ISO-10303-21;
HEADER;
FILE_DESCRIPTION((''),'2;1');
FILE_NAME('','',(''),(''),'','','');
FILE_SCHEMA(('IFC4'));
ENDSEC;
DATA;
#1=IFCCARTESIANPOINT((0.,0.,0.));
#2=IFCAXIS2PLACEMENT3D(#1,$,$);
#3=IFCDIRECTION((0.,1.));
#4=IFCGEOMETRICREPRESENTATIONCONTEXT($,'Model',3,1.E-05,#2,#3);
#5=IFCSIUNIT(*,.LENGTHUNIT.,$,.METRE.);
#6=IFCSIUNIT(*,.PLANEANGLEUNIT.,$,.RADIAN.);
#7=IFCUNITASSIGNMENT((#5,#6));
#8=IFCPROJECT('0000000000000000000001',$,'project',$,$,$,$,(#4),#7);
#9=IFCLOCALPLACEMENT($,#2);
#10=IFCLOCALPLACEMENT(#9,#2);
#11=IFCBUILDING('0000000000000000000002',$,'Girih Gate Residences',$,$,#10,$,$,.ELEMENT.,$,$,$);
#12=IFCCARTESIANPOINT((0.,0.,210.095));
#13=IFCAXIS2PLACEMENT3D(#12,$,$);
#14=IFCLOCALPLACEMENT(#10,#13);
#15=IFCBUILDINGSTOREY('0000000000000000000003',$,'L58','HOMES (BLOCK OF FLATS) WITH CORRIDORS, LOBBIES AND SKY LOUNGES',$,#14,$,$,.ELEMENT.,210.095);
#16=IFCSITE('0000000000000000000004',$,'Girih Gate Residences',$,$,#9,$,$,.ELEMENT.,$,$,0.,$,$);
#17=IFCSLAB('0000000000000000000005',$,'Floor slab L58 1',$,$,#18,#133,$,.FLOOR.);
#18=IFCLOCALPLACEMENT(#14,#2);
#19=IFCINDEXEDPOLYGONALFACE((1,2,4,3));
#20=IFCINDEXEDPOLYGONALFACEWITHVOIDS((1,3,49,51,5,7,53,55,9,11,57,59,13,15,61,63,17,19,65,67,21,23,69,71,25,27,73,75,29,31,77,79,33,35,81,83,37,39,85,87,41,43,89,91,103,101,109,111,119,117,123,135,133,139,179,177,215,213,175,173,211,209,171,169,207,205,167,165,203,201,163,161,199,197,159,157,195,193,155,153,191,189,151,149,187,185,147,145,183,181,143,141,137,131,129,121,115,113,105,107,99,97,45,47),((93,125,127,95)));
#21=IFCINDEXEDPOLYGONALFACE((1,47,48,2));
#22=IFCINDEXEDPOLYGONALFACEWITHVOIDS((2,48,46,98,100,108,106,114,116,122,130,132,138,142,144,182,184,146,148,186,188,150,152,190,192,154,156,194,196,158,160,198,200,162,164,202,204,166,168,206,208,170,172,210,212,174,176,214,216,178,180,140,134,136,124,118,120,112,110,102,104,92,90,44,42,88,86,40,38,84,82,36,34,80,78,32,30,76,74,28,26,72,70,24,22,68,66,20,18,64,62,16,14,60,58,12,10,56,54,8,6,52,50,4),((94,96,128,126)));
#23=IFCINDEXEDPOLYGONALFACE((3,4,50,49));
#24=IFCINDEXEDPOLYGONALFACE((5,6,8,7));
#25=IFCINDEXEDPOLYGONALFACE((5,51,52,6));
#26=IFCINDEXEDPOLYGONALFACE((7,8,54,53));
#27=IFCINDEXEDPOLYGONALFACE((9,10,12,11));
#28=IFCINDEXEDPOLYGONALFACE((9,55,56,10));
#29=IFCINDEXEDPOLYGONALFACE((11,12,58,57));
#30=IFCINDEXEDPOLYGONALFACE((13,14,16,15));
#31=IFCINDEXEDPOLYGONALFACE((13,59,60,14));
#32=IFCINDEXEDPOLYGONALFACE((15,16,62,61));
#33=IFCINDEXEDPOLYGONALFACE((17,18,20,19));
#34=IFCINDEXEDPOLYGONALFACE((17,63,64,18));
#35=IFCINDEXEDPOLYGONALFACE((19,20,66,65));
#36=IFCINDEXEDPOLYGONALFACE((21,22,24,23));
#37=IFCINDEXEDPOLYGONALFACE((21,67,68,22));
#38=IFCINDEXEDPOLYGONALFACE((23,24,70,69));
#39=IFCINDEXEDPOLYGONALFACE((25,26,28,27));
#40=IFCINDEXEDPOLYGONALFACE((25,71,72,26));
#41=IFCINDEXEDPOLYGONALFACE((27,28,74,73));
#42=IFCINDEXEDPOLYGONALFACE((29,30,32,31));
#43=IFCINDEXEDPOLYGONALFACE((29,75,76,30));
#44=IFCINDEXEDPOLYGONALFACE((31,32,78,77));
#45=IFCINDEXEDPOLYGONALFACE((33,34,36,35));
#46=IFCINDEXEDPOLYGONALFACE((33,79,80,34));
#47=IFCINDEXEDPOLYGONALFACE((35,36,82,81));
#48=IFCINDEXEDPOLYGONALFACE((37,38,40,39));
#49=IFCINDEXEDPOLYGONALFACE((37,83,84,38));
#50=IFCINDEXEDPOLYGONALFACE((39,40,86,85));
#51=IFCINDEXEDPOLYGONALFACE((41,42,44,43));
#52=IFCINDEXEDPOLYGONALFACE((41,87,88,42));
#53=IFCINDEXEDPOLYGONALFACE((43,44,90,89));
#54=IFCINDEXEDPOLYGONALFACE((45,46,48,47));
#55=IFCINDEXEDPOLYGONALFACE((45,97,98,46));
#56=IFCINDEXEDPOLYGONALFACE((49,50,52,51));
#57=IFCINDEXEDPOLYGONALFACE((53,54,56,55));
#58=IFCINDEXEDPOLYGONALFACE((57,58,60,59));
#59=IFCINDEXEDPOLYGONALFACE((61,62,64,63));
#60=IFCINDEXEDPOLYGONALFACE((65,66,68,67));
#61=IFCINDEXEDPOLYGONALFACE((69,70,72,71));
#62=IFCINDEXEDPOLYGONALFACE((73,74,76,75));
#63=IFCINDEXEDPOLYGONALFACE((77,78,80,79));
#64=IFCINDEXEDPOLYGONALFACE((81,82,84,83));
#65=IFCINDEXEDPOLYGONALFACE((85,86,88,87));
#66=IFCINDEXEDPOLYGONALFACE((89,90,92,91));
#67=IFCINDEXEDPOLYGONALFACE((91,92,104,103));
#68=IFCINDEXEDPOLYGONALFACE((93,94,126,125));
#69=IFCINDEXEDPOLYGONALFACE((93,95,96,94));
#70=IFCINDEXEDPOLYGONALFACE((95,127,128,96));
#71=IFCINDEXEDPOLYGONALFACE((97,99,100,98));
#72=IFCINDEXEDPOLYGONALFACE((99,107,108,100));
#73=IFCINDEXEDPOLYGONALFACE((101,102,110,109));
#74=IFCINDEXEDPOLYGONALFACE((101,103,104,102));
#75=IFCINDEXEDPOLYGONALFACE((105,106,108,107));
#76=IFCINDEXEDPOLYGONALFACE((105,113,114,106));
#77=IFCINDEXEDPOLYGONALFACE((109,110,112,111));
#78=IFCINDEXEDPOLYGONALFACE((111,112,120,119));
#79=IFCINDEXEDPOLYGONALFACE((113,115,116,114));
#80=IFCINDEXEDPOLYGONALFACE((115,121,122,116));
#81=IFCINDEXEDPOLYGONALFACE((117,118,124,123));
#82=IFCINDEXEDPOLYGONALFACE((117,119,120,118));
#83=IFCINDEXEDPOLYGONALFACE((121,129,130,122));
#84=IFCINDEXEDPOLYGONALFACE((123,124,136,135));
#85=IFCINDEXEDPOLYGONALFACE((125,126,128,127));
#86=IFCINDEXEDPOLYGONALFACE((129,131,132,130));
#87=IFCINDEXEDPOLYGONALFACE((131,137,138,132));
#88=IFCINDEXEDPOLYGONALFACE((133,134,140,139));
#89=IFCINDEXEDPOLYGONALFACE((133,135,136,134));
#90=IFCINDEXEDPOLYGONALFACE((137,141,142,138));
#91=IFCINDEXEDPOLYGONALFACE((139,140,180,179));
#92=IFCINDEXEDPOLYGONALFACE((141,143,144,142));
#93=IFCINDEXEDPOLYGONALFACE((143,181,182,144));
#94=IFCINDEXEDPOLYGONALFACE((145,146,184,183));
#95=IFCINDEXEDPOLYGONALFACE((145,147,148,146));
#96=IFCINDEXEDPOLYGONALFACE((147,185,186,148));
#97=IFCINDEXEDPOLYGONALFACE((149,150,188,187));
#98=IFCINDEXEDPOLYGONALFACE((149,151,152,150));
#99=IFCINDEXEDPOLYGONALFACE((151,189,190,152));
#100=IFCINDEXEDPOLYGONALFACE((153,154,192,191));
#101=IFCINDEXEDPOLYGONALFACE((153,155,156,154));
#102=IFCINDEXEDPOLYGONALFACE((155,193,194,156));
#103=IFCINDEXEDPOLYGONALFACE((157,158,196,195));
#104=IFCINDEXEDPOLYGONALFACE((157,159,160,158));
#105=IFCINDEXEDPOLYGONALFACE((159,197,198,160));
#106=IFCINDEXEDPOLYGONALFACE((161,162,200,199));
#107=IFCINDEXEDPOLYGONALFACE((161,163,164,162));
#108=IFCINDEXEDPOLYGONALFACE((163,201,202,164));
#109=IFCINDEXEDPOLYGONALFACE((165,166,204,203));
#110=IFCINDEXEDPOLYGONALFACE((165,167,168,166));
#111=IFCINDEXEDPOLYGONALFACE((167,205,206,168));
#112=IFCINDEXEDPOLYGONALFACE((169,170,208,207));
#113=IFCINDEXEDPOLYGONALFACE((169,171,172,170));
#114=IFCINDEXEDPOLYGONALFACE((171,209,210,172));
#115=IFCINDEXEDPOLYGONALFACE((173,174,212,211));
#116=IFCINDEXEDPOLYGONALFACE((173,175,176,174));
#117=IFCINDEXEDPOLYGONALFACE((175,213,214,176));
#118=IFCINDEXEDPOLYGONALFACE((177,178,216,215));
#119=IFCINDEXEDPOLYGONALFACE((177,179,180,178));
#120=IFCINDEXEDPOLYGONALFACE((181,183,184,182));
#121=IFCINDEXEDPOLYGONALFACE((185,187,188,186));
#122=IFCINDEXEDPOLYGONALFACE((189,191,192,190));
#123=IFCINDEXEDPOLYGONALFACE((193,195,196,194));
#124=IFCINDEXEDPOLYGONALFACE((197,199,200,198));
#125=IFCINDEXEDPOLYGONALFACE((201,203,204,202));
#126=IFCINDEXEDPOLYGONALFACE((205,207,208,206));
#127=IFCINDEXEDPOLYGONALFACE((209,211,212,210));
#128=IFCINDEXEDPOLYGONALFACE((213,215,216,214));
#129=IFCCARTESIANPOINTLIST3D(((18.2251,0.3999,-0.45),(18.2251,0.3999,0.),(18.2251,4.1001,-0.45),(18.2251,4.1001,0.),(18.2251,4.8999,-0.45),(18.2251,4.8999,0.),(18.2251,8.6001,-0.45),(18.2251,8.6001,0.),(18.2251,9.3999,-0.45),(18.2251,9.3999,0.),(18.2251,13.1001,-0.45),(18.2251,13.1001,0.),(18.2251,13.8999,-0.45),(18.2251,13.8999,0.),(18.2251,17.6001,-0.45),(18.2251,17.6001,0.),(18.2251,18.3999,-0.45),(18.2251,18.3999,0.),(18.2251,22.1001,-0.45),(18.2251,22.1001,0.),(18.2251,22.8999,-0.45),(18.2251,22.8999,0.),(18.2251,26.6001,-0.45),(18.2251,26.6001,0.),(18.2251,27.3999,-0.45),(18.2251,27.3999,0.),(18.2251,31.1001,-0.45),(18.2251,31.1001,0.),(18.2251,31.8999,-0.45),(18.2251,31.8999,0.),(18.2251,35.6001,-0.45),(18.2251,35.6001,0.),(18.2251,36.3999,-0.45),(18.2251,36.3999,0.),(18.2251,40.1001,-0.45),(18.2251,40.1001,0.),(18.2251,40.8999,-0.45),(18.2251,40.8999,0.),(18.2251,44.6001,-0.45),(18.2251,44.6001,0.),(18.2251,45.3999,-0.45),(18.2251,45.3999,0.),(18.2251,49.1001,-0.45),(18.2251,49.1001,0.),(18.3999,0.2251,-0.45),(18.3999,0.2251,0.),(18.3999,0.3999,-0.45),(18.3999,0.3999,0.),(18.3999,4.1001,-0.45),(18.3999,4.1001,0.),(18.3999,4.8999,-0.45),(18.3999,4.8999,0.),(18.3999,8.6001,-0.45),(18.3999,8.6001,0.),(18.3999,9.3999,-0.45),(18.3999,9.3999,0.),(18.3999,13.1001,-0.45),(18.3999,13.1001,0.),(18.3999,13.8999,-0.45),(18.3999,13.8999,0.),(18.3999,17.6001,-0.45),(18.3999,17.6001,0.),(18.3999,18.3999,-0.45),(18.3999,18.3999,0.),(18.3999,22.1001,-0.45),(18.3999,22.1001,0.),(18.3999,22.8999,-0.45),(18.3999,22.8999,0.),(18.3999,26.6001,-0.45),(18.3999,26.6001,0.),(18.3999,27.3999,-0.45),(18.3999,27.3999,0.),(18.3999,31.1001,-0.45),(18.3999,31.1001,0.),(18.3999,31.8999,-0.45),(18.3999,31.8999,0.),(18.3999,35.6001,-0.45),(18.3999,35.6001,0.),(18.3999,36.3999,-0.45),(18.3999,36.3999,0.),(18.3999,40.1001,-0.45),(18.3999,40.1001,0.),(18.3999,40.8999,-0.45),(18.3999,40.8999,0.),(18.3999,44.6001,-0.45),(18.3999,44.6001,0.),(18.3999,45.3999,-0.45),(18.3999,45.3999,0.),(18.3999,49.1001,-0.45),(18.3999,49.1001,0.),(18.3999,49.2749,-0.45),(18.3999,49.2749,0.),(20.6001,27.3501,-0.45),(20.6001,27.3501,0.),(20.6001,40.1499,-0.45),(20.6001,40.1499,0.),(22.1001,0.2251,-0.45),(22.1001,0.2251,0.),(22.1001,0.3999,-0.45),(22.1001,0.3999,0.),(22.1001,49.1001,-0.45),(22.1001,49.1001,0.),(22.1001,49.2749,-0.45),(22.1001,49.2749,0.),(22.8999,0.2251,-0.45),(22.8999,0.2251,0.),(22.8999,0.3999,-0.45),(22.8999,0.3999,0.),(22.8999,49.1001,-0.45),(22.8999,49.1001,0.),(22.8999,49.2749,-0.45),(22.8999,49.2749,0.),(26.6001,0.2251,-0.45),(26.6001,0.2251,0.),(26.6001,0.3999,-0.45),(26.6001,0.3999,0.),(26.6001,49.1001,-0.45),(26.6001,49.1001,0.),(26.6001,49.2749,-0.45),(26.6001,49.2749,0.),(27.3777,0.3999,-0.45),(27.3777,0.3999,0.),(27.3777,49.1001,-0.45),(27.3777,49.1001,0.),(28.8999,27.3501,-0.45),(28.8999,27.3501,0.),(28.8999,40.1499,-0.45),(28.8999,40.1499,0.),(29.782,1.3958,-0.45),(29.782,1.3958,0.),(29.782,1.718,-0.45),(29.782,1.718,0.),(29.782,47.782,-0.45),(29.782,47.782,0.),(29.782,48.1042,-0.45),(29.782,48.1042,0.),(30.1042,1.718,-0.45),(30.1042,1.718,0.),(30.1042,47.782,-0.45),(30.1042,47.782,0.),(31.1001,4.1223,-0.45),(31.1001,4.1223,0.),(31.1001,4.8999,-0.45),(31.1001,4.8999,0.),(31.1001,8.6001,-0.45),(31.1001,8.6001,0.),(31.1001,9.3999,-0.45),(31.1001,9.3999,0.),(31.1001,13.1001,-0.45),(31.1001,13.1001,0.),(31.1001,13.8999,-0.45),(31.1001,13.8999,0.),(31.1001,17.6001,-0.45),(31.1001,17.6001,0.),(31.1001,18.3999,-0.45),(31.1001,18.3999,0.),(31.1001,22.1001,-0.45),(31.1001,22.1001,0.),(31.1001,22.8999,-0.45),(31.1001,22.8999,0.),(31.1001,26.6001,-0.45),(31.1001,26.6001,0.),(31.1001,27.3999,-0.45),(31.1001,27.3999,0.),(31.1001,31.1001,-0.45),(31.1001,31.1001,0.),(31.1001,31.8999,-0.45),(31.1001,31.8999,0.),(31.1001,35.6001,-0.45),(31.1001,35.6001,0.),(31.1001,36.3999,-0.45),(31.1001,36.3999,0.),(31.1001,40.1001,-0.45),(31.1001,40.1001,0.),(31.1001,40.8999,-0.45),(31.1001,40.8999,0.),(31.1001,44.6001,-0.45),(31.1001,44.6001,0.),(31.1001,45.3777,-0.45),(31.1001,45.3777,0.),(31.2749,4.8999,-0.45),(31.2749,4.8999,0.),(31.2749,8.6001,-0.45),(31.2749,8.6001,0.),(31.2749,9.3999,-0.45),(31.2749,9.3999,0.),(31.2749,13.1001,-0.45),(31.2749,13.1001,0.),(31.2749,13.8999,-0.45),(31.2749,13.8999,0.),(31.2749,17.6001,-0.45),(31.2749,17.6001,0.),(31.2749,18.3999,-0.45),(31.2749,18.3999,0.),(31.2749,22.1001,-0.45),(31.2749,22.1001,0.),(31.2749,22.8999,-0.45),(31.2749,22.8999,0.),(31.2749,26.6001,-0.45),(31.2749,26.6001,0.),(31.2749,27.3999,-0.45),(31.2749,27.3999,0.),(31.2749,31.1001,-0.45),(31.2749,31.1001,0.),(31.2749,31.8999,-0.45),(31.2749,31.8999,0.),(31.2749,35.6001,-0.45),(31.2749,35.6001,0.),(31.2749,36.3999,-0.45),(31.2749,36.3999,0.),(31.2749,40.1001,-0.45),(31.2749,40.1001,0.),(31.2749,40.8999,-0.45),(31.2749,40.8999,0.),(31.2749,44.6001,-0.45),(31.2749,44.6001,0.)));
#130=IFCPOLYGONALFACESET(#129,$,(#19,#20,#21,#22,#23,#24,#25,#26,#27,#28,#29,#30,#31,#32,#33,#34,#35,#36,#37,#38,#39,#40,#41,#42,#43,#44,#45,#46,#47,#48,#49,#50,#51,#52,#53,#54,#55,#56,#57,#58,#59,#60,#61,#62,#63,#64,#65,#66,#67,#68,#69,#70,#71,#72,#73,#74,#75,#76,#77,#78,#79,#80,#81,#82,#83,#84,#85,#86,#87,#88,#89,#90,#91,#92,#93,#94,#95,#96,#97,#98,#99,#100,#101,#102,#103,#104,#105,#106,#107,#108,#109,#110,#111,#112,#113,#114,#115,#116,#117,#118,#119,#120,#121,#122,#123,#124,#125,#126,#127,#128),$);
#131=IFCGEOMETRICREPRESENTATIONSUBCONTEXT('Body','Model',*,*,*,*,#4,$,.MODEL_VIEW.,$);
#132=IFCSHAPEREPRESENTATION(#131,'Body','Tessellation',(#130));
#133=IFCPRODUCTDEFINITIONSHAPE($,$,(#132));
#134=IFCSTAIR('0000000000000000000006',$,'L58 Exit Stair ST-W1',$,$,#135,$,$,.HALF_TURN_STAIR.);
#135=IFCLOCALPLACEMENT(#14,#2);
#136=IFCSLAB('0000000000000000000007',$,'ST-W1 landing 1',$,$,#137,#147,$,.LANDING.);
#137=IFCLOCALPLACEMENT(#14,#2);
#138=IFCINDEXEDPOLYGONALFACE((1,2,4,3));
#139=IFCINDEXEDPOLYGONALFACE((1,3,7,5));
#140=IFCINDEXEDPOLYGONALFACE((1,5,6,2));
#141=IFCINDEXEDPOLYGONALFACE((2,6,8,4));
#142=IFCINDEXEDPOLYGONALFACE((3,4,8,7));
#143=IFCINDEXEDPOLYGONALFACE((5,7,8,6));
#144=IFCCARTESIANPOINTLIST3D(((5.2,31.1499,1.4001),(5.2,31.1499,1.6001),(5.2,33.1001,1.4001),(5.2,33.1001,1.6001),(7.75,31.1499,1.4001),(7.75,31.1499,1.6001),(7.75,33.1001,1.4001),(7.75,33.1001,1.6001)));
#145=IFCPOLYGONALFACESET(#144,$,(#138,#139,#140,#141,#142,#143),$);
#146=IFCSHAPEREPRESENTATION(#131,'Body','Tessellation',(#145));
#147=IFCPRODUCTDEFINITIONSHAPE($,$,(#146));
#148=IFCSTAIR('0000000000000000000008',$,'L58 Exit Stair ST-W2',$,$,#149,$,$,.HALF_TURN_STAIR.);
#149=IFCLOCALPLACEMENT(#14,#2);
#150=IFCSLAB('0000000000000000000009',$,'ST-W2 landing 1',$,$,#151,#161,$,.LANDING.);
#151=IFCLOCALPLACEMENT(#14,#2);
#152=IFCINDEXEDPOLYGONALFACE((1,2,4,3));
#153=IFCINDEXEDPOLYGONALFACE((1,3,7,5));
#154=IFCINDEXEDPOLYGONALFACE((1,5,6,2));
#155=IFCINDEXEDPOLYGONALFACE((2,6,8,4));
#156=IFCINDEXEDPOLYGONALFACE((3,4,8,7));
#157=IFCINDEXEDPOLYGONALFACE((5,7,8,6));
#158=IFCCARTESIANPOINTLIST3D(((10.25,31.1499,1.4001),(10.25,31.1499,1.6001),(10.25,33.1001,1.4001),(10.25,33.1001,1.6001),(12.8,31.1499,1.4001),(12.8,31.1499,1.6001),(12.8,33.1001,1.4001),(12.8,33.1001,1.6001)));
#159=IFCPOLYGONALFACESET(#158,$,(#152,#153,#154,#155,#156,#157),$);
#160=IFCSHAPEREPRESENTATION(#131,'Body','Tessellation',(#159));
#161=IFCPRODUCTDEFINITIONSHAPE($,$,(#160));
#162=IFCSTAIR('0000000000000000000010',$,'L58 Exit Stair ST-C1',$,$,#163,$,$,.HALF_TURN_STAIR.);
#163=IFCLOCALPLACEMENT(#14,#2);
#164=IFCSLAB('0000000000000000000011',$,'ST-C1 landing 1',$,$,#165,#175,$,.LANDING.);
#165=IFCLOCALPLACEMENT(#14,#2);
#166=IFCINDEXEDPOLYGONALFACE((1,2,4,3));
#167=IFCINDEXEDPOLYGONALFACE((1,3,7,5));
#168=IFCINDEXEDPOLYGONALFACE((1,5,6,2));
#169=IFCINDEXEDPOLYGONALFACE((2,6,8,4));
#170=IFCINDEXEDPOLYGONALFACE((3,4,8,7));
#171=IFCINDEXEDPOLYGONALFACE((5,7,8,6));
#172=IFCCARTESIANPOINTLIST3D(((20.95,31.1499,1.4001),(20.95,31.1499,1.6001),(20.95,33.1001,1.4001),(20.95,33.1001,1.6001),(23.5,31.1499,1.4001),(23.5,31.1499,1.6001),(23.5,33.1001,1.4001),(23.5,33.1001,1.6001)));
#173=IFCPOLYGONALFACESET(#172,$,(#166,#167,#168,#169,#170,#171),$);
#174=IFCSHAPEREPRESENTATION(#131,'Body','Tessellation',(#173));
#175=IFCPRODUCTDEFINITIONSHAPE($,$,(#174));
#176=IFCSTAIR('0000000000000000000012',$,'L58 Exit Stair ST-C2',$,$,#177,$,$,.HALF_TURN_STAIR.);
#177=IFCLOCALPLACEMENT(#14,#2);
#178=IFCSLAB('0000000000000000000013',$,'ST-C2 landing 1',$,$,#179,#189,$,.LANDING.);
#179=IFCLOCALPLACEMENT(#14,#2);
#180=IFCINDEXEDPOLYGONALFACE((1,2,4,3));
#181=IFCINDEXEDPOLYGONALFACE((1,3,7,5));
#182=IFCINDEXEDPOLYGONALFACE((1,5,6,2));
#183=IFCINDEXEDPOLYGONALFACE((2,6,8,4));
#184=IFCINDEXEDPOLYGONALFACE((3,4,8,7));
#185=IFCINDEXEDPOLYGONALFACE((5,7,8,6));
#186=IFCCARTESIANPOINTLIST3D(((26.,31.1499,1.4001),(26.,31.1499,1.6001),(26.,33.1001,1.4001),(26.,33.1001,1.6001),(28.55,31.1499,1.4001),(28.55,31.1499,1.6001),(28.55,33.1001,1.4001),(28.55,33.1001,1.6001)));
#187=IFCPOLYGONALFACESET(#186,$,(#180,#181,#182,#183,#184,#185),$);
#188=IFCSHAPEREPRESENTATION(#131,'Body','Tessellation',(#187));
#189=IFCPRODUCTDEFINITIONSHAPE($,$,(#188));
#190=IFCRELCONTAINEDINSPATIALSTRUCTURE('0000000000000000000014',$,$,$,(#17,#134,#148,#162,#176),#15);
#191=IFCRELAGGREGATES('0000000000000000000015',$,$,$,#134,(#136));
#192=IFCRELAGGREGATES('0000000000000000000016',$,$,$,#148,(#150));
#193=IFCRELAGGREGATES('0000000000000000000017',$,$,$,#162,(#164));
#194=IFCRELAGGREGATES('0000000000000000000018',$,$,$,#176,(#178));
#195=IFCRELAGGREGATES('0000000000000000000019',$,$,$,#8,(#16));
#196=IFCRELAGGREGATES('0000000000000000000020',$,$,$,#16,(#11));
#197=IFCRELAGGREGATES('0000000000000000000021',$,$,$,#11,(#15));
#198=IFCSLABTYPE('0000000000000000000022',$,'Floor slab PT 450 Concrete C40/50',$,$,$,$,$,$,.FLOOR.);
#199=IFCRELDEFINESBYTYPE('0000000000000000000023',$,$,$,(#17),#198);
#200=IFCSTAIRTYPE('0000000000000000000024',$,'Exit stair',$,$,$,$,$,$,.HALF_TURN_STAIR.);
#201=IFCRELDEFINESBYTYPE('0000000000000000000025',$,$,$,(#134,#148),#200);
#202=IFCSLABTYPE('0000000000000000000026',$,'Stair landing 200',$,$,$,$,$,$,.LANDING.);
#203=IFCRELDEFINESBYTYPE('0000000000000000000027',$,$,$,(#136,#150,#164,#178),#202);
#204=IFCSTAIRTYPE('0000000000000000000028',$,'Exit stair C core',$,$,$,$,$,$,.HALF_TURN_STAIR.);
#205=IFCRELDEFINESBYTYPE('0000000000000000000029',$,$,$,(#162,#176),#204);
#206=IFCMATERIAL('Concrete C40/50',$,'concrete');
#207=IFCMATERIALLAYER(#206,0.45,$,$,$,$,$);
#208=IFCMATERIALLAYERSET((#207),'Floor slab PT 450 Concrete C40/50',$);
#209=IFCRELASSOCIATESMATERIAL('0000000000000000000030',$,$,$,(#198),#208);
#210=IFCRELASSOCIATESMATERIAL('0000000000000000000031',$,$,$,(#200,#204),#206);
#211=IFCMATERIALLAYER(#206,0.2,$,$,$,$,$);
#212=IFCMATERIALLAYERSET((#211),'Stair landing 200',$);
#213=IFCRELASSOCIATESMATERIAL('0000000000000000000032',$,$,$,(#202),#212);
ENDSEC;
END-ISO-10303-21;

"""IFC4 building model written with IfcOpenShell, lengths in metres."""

from ifc_helpers import new_model, si_unit, direction, frame, origin, place, context, subcontext, project, spatial, polyline, outline, extrude, material, layer, layer_set, type_object, element, aggregate, save


model = new_model("IFC4")

# Units and contexts
model_context = context("Model", 3, precision=1e-05, world=origin(), true_north=direction((0.0, 1.0)))
body_context = subcontext(model_context, "Body", "Model", "MODEL_VIEW")
ifc_project = project(units=[si_unit("LENGTHUNIT", "METRE"), si_unit("PLANEANGLEUNIT", "RADIAN")], contexts=[model_context])

# Site, building, storey
site_placement = place(None, origin())
site = spatial("IfcSite", under=ifc_project, at=site_placement, Name="Girih Gate Residences", CompositionType="ELEMENT", RefElevation=0.0)
building_placement = place(site_placement, origin())
building = spatial("IfcBuilding", under=site, at=building_placement, Name="Girih Gate Residences", CompositionType="ELEMENT")
storey_placement = place(building_placement, frame((0.0, 0.0, 210.095)))
storey = spatial("IfcBuildingStorey", under=building, at=storey_placement, Name="L58", Description="HOMES (BLOCK OF FLATS) WITH CORRIDORS, LOBBIES AND SKY LOUNGES", CompositionType="ELEMENT", Elevation=210.095)

# Slab
ifc_material_1 = material(Name="Concrete C40/50", Category="concrete")
ifc_layer_1 = layer(ifc_material_1, 0.45)
ifc_layer_set_1 = layer_set([ifc_layer_1], Name="Floor slab PT 450 Concrete C40/50")
slab_type_1 = type_object("IfcSlabType", Name="Floor slab PT 450 Concrete C40/50", PredefinedType="FLOOR", material=ifc_layer_set_1)
slab_1_placement = place(storey_placement, frame((0.0, 0.0, -0.45)))
element("IfcSlab", 1, at=slab_1_placement, inside=storey, type_object=slab_type_1, Name="Floor slab L58 1", PredefinedType="FLOOR", context=body_context, shape_type="SweptSolid", body=[
    extrude(outline(polyline([(22.8999, 0.2251), (26.6001, 0.2251), (26.6001, 0.3999), (27.3777, 0.3999), (29.782, 1.3958), (29.782, 1.718), (30.1042, 1.718), (31.1001, 4.1223), (31.1001, 4.8999), (31.2749, 4.8999), (31.2749, 8.6001), (31.1001, 8.6001), (31.1001, 9.3999), (31.2749, 9.3999), (31.2749, 13.1001), (31.1001, 13.1001), (31.1001, 13.8999), (31.2749, 13.8999), (31.2749, 17.6001), (31.1001, 17.6001), (31.1001, 18.3999), (31.2749, 18.3999), (31.2749, 22.1001), (31.1001, 22.1001), (31.1001, 22.8999), (31.2749, 22.8999), (31.2749, 26.6001), (31.1001, 26.6001), (31.1001, 27.3999), (31.2749, 27.3999), (31.2749, 31.1001), (31.1001, 31.1001), (31.1001, 31.8999), (31.2749, 31.8999), (31.2749, 35.6001), (31.1001, 35.6001), (31.1001, 36.3999), (31.2749, 36.3999), (31.2749, 40.1001), (31.1001, 40.1001), (31.1001, 40.8999), (31.2749, 40.8999), (31.2749, 44.6001), (31.1001, 44.6001), (31.1001, 45.3777), (30.1042, 47.782), (29.782, 47.782), (29.782, 48.1042), (27.3777, 49.1001), (26.6001, 49.1001), (26.6001, 49.2749), (22.8999, 49.2749), (22.8999, 49.1001), (22.1001, 49.1001), (22.1001, 49.2749), (18.3999, 49.2749), (18.3999, 49.1001), (18.2251, 49.1001), (18.2251, 45.3999), (18.3999, 45.3999), (18.3999, 44.6001), (18.2251, 44.6001), (18.2251, 40.8999), (18.3999, 40.8999), (18.3999, 40.1001), (18.2251, 40.1001), (18.2251, 36.3999), (18.3999, 36.3999), (18.3999, 35.6001), (18.2251, 35.6001), (18.2251, 31.8999), (18.3999, 31.8999), (18.3999, 31.1001), (18.2251, 31.1001), (18.2251, 27.3999), (18.3999, 27.3999), (18.3999, 26.6001), (18.2251, 26.6001), (18.2251, 22.8999), (18.3999, 22.8999), (18.3999, 22.1001), (18.2251, 22.1001), (18.2251, 18.3999), (18.3999, 18.3999), (18.3999, 17.6001), (18.2251, 17.6001), (18.2251, 13.8999), (18.3999, 13.8999), (18.3999, 13.1001), (18.2251, 13.1001), (18.2251, 9.3999), (18.3999, 9.3999), (18.3999, 8.6001), (18.2251, 8.6001), (18.2251, 4.8999), (18.3999, 4.8999), (18.3999, 4.1001), (18.2251, 4.1001), (18.2251, 0.3999), (18.3999, 0.3999), (18.3999, 0.2251), (22.1001, 0.2251), (22.1001, 0.3999), (22.8999, 0.3999), (22.8999, 0.2251)]), holes=[polyline([(28.8999, 40.1499), (28.8999, 27.3501), (20.6001, 27.3501), (20.6001, 40.1499), (28.8999, 40.1499)])]), origin(), (0.0, 0.0, 1.0), 0.45),
])

# Stairs, slabs
stair_type_1 = type_object("IfcStairType", Name="Exit stair", PredefinedType="HALF_TURN_STAIR", material=ifc_material_1)
stair_1_placement = place(storey_placement, origin())
stair_1 = element("IfcStair", 2, at=stair_1_placement, inside=storey, type_object=stair_type_1, Name="L58 Exit Stair ST-W1", PredefinedType="HALF_TURN_STAIR")
ifc_layer_2 = layer(ifc_material_1, 0.2)
ifc_layer_set_2 = layer_set([ifc_layer_2], Name="Stair landing 200")
slab_type_2 = type_object("IfcSlabType", Name="Stair landing 200", PredefinedType="LANDING", material=ifc_layer_set_2)
slab_2_placement = place(storey_placement, frame((0.0, 0.0, 1.4001)))
slab_2 = element("IfcSlab", 3, at=slab_2_placement, type_object=slab_type_2, Name="ST-W1 landing 1", PredefinedType="LANDING", context=body_context, shape_type="SweptSolid", body=[
    extrude(outline(polyline([(7.75, 31.1499), (7.75, 33.1001), (5.2, 33.1001), (5.2, 31.1499), (7.75, 31.1499)])), origin(), (0.0, 0.0, 1.0), 0.2),
])
aggregate(stair_1, [slab_2])
stair_2_placement = place(storey_placement, origin())
stair_2 = element("IfcStair", 4, at=stair_2_placement, inside=storey, type_object=stair_type_1, Name="L58 Exit Stair ST-W2", PredefinedType="HALF_TURN_STAIR")
slab_3_placement = place(storey_placement, frame((0.0, 0.0, 1.4001)))
slab_3 = element("IfcSlab", 5, at=slab_3_placement, type_object=slab_type_2, Name="ST-W2 landing 1", PredefinedType="LANDING", context=body_context, shape_type="SweptSolid", body=[
    extrude(outline(polyline([(12.8, 31.1499), (12.8, 33.1001), (10.25, 33.1001), (10.25, 31.1499), (12.8, 31.1499)])), origin(), (0.0, 0.0, 1.0), 0.2),
])
aggregate(stair_2, [slab_3])
stair_type_2 = type_object("IfcStairType", Name="Exit stair C core", PredefinedType="HALF_TURN_STAIR", material=ifc_material_1)
stair_3_placement = place(storey_placement, origin())
stair_3 = element("IfcStair", 6, at=stair_3_placement, inside=storey, type_object=stair_type_2, Name="L58 Exit Stair ST-C1", PredefinedType="HALF_TURN_STAIR")
slab_4_placement = place(storey_placement, frame((0.0, 0.0, 1.4001)))
slab_4 = element("IfcSlab", 7, at=slab_4_placement, type_object=slab_type_2, Name="ST-C1 landing 1", PredefinedType="LANDING", context=body_context, shape_type="SweptSolid", body=[
    extrude(outline(polyline([(23.5, 31.1499), (23.5, 33.1001), (20.95, 33.1001), (20.95, 31.1499), (23.5, 31.1499)])), origin(), (0.0, 0.0, 1.0), 0.2),
])
aggregate(stair_3, [slab_4])
stair_4_placement = place(storey_placement, origin())
stair_4 = element("IfcStair", 8, at=stair_4_placement, inside=storey, type_object=stair_type_2, Name="L58 Exit Stair ST-C2", PredefinedType="HALF_TURN_STAIR")
slab_5_placement = place(storey_placement, frame((0.0, 0.0, 1.4001)))
slab_5 = element("IfcSlab", 9, at=slab_5_placement, type_object=slab_type_2, Name="ST-C2 landing 1", PredefinedType="LANDING", context=body_context, shape_type="SweptSolid", body=[
    extrude(outline(polyline([(28.55, 31.1499), (28.55, 33.1001), (26.0, 33.1001), (26.0, 31.1499), (28.55, 31.1499)])), origin(), (0.0, 0.0, 1.0), 0.2),
])
aggregate(stair_4, [slab_5])

save(model, "model.ifc")
